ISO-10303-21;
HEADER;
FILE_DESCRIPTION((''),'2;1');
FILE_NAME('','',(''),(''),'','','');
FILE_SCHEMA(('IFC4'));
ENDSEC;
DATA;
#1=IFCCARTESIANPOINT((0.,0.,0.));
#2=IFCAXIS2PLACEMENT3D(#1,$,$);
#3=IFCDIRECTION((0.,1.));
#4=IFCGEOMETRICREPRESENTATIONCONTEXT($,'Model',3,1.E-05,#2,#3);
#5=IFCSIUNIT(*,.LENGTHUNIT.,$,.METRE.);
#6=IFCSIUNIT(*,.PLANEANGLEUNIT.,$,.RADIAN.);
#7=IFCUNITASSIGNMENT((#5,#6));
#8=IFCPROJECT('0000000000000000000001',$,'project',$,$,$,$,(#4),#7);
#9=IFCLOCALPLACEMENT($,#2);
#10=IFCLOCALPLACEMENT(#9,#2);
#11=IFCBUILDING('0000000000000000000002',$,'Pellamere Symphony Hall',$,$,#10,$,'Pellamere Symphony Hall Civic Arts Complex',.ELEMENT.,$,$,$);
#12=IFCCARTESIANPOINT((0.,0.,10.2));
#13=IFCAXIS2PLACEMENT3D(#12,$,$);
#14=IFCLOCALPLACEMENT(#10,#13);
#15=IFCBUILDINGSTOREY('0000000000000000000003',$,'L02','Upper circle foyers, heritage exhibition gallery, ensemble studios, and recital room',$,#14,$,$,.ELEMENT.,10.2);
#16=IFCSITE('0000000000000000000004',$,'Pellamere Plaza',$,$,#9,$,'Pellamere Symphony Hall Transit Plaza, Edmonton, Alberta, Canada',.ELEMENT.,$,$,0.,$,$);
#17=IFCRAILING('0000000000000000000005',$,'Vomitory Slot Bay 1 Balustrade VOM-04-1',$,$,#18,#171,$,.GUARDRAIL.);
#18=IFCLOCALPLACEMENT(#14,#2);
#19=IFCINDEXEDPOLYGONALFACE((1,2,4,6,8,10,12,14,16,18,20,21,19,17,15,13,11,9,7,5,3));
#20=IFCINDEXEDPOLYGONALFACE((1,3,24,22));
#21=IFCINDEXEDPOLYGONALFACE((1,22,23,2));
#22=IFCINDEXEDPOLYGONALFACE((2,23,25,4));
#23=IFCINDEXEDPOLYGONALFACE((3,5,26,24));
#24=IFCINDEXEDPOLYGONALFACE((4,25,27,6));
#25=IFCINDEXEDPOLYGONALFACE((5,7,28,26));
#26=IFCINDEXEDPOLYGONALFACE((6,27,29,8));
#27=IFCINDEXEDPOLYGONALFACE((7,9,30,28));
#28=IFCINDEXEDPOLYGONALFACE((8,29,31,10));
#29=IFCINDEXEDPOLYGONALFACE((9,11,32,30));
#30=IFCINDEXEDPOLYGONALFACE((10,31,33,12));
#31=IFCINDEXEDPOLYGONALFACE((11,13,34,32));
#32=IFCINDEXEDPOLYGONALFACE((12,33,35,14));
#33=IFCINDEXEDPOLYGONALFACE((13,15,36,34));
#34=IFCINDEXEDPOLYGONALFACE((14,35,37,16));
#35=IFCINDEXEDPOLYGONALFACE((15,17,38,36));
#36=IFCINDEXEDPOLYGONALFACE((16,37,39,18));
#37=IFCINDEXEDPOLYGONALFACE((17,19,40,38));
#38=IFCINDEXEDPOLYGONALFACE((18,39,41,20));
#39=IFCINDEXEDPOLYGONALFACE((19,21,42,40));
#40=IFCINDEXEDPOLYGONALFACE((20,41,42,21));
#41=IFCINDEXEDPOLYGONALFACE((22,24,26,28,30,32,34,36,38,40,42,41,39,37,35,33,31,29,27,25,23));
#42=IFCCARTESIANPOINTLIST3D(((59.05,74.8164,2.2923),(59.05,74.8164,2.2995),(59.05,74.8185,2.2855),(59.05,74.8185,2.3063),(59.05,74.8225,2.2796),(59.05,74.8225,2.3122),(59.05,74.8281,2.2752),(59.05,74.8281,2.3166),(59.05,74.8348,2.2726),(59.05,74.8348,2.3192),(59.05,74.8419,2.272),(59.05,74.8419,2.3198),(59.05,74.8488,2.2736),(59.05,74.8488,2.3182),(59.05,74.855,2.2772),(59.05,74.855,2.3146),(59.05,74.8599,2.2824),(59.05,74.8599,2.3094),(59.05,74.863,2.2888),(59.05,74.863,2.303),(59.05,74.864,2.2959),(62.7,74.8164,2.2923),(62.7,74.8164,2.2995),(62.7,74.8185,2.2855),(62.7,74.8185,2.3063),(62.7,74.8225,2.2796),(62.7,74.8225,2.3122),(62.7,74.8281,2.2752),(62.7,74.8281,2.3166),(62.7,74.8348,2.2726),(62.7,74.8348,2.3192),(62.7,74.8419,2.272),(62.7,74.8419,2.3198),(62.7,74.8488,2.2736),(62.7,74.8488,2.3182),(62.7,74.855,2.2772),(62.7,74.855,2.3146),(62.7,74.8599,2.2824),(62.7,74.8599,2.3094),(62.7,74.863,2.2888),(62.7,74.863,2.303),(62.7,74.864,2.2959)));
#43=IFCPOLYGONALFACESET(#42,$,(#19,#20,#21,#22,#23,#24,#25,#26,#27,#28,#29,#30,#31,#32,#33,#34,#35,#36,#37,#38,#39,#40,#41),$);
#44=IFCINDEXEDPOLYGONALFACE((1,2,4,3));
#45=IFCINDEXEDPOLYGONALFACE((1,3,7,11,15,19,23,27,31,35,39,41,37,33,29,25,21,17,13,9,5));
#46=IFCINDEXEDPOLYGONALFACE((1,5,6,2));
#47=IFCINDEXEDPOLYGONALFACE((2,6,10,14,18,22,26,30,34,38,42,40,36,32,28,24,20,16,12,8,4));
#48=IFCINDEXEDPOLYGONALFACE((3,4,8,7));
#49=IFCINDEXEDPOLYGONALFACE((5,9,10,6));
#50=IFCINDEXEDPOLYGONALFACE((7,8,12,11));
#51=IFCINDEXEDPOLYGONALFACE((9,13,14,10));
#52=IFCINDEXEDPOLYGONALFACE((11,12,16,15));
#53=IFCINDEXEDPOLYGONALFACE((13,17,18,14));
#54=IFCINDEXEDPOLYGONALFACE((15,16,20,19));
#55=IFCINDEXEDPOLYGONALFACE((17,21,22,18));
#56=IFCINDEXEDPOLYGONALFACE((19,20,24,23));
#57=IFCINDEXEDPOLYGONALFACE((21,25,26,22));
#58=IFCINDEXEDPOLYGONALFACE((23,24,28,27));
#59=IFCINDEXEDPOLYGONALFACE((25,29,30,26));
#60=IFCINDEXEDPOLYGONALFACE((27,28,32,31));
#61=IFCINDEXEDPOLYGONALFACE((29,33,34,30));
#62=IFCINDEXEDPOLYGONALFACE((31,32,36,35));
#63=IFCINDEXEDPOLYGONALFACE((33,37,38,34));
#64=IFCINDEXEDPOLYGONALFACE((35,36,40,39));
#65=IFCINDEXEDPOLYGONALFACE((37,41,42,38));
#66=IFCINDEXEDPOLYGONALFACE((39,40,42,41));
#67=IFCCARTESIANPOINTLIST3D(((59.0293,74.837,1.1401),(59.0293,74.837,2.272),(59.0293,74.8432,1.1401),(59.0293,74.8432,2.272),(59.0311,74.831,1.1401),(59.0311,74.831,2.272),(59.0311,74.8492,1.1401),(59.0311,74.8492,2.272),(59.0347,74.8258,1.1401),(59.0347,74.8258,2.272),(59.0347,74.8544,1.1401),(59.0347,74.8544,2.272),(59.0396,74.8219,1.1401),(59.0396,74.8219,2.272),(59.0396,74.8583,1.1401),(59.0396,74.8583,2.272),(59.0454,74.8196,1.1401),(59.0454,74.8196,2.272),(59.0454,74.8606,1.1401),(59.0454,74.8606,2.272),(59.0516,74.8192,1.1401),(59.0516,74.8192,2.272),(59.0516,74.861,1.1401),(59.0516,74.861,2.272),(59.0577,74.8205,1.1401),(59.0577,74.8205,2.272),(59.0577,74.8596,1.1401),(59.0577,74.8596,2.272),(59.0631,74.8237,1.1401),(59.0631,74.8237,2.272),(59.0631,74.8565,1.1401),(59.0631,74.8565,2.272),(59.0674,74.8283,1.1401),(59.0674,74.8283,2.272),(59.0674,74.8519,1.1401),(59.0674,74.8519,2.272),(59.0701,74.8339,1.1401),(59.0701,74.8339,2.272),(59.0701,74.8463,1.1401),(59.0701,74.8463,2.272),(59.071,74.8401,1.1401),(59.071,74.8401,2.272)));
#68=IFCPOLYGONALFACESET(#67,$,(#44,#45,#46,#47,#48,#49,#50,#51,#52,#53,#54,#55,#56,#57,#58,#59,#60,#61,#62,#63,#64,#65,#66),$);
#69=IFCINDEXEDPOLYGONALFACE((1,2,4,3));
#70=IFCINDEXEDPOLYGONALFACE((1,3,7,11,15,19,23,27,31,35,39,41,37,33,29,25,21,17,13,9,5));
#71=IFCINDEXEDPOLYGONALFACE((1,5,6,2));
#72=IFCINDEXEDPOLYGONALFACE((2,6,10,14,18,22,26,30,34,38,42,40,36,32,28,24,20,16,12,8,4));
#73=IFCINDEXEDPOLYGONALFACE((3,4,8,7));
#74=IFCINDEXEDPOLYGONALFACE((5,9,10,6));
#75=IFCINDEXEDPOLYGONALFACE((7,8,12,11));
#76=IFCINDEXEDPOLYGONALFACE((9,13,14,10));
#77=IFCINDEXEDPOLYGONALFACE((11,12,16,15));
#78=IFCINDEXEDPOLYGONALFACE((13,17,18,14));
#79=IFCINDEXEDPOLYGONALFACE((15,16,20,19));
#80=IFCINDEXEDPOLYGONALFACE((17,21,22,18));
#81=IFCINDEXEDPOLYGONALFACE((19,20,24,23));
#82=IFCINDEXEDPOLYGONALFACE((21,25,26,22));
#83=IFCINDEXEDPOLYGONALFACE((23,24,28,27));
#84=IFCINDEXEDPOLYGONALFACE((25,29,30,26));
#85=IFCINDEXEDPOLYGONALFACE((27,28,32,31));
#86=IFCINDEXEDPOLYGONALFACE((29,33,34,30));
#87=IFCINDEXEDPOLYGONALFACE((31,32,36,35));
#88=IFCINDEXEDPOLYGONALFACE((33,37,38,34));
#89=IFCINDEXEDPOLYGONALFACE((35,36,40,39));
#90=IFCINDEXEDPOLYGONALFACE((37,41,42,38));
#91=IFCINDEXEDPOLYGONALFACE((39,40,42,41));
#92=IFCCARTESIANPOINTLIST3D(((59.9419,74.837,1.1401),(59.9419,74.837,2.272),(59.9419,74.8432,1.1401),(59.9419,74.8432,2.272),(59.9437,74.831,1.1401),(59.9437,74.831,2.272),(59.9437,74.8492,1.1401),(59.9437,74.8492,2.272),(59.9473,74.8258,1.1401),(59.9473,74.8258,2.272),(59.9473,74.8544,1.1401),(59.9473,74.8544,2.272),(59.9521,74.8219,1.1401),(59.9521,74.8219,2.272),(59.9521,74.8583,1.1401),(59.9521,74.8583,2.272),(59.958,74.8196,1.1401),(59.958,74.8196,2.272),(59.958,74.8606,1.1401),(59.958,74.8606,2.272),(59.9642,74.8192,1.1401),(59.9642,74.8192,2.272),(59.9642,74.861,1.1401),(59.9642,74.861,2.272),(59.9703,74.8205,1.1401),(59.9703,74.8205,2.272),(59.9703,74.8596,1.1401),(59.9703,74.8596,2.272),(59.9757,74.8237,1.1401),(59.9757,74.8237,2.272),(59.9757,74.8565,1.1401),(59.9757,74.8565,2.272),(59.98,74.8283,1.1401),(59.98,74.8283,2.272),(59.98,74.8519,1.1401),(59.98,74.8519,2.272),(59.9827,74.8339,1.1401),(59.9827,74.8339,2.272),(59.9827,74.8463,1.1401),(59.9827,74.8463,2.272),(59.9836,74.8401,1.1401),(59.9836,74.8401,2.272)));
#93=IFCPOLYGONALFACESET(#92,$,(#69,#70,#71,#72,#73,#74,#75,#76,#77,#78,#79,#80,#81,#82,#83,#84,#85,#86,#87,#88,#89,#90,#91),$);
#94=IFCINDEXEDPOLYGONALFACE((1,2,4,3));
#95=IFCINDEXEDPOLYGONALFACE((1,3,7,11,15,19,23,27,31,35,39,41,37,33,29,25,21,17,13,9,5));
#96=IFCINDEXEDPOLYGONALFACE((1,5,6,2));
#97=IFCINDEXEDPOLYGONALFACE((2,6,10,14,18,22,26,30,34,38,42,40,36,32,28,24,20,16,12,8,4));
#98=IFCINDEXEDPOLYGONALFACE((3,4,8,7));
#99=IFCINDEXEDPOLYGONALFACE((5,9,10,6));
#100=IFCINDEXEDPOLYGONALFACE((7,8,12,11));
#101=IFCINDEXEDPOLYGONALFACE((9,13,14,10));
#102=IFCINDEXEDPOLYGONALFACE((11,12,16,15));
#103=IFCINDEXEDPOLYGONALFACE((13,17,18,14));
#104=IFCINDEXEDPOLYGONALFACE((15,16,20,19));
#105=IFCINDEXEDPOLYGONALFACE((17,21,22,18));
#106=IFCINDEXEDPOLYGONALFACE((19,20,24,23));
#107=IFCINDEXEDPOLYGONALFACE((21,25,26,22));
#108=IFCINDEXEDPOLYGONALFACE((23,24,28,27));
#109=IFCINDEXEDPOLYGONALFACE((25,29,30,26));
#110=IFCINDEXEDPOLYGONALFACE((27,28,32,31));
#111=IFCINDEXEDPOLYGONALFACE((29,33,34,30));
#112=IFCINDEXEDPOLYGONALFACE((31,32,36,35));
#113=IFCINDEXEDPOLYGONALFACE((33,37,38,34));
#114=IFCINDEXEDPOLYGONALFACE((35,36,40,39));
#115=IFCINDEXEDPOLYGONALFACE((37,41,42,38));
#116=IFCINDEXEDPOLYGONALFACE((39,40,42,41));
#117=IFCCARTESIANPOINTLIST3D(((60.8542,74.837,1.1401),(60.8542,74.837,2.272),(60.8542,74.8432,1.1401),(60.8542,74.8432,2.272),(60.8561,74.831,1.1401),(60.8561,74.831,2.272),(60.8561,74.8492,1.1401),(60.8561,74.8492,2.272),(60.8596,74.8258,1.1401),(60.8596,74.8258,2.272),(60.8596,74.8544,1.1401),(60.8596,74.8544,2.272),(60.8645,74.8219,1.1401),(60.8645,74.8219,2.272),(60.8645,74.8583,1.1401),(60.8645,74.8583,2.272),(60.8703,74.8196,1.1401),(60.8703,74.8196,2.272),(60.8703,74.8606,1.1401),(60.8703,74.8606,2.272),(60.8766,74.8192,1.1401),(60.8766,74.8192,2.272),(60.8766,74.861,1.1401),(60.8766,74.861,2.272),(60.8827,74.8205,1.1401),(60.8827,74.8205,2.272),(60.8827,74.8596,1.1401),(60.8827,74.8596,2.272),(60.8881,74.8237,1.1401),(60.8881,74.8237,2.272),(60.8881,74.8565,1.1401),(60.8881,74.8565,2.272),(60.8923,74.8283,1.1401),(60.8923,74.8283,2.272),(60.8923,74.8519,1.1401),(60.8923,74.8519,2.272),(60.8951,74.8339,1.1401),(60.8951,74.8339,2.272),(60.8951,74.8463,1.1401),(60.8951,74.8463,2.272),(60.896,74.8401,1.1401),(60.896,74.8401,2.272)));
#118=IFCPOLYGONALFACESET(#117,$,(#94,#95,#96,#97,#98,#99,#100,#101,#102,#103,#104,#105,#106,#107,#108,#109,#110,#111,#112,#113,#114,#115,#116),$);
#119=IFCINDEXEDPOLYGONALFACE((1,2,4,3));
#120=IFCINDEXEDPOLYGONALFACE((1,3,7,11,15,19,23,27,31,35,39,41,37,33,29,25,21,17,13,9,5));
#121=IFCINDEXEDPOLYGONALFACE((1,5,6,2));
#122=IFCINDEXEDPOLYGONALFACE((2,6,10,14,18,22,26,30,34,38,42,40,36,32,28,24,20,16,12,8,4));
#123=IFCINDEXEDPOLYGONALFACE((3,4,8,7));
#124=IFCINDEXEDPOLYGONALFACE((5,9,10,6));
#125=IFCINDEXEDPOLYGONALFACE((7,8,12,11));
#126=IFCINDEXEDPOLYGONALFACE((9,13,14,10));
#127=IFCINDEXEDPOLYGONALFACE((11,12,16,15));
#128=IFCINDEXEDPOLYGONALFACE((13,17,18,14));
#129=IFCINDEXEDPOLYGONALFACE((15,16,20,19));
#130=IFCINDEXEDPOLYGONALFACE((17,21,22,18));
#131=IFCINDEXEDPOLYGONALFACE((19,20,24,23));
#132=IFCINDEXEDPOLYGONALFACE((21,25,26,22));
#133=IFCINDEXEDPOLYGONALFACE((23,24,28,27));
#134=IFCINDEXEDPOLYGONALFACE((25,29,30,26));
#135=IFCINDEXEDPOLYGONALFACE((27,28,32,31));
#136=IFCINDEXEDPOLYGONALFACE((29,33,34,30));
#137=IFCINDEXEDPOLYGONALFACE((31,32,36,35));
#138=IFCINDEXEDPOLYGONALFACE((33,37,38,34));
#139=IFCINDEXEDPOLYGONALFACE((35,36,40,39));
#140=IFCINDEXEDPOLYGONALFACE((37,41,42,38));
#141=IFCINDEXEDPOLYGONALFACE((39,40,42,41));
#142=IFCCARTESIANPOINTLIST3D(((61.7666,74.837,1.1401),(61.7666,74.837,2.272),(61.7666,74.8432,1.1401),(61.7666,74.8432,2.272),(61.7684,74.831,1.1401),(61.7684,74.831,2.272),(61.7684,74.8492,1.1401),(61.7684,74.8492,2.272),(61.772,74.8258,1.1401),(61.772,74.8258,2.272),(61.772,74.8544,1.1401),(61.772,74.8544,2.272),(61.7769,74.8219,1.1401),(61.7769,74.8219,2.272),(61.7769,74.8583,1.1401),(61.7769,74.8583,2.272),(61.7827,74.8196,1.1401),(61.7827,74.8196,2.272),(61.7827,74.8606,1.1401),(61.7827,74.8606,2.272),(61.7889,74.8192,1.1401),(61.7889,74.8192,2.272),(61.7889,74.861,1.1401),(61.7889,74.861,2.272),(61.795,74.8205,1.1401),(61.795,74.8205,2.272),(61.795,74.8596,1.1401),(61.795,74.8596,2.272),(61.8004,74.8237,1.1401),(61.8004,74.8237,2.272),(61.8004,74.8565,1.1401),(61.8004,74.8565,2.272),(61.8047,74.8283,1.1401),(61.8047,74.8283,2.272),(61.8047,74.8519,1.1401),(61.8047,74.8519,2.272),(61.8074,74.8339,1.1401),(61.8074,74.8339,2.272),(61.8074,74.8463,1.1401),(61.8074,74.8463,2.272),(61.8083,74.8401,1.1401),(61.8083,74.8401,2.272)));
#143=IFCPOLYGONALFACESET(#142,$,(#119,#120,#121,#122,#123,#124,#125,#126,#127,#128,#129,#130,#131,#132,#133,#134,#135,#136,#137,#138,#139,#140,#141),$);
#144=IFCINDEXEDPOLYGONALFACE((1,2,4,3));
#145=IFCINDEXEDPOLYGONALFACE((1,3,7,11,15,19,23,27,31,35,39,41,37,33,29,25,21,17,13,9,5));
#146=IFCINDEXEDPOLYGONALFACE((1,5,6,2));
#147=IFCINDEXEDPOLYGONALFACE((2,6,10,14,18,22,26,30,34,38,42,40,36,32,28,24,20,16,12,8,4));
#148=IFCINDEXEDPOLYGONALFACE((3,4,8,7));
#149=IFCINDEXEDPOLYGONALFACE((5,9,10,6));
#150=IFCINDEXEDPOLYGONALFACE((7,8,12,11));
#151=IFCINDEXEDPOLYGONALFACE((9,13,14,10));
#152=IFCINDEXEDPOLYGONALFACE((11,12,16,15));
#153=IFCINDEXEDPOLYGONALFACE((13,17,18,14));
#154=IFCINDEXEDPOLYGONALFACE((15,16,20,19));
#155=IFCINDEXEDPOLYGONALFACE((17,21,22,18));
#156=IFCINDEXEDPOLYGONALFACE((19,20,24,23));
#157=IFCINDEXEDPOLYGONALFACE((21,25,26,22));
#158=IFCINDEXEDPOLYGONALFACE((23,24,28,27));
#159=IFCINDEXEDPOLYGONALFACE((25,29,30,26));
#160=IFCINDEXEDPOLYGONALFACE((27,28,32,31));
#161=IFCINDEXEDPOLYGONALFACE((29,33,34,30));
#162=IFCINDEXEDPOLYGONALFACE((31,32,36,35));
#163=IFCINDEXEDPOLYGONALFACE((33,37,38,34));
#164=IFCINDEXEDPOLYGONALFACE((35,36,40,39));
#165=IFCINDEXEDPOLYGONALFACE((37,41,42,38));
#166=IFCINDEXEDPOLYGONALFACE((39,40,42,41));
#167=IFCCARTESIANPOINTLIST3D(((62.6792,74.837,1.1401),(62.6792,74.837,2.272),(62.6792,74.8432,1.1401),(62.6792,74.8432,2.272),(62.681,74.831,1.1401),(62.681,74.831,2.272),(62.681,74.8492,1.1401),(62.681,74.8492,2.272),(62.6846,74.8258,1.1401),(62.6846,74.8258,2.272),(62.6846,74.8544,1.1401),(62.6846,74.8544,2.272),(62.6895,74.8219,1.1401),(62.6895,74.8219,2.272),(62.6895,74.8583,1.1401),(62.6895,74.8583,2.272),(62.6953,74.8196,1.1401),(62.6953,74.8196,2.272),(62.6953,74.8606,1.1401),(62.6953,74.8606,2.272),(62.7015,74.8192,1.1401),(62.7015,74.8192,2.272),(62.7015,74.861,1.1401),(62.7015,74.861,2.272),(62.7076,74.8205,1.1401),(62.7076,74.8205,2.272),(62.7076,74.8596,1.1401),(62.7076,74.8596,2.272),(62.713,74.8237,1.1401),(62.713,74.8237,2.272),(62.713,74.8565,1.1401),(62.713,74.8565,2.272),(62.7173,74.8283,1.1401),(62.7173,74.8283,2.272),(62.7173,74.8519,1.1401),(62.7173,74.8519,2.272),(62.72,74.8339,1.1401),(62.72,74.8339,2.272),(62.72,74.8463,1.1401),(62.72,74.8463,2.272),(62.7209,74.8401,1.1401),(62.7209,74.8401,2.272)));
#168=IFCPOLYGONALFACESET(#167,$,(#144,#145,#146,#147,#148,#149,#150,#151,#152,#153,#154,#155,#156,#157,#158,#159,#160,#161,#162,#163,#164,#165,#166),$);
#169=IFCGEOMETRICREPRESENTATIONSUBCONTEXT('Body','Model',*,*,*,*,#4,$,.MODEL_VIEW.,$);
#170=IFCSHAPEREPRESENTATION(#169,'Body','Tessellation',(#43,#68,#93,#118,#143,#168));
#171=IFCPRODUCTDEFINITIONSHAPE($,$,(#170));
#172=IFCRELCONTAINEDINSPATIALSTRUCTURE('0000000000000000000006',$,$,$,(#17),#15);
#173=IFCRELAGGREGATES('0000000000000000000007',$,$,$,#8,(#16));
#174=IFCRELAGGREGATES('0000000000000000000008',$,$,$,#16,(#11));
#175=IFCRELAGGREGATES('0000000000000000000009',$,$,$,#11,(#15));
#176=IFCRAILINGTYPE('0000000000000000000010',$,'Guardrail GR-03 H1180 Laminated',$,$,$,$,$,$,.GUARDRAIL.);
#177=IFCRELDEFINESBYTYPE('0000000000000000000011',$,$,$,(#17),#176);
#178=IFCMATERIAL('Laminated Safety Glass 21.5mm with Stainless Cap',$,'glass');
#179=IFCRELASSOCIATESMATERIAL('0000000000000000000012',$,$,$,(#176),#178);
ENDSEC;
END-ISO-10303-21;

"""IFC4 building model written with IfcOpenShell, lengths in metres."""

from ifc_helpers import new_model, si_unit, direction, frame, origin, origin_2d, place, context, subcontext, project, spatial, circle, extrude, material, type_object, element, save


model = new_model("IFC4")

# Units and contexts
model_context = context("Model", 3, precision=1e-05, world=origin(), true_north=direction((0.0, 1.0)))
body_context = subcontext(model_context, "Body", "Model", "MODEL_VIEW")
ifc_project = project(units=[si_unit("LENGTHUNIT", "METRE"), si_unit("PLANEANGLEUNIT", "RADIAN")], contexts=[model_context])

# Site, building, storey
site_placement = place(None, origin())
site = spatial("IfcSite", under=ifc_project, at=site_placement, Name="Pellamere Plaza", LongName="Pellamere Symphony Hall Transit Plaza, Edmonton, Alberta, Canada", CompositionType="ELEMENT", RefElevation=0.0)
building_placement = place(site_placement, origin())
building = spatial("IfcBuilding", under=site, at=building_placement, Name="Pellamere Symphony Hall", LongName="Pellamere Symphony Hall Civic Arts Complex", CompositionType="ELEMENT")
storey_placement = place(building_placement, frame((0.0, 0.0, 10.2)))
storey = spatial("IfcBuildingStorey", under=building, at=storey_placement, Name="L02", Description="Upper circle foyers, heritage exhibition gallery, ensemble studios, and recital room", CompositionType="ELEMENT", Elevation=10.2)

# Railing
ifc_material_1 = material(Name="Laminated Safety Glass 21.5mm with Stainless Cap", Category="glass")
railing_type = type_object("IfcRailingType", Name="Guardrail GR-03 H1180 Laminated", PredefinedType="GUARDRAIL", material=ifc_material_1)
railing_1_placement = place(storey_placement, frame((59.05, 74.8401, 1.1401)))
element("IfcRailing", 1, at=railing_1_placement, inside=storey, type_object=railing_type, Name="Vomitory Slot Bay 1 Balustrade VOM-04-1", PredefinedType="GUARDRAIL", context=body_context, shape_type="SweptSolid", body=[
    extrude(circle(Radius=0.0239, at=origin_2d()), frame((0.0, 0.0, 1.1558), z_axis=(1.0, 0.0, 0.0), x_axis=(0.0, 1.0, 0.0)), (0.0, 0.0, 1.0), 3.6499),
    extrude(circle(Radius=0.021, at=origin_2d()), origin(), (0.0, 0.0, 1.0), 1.1318),
    extrude(circle(Radius=0.021, at=origin_2d()), frame((0.9126, 0.0, 0.0)), (0.0, 0.0, 1.0), 1.1318),
    extrude(circle(Radius=0.021, at=origin_2d()), frame((1.825, 0.0, 0.0)), (0.0, 0.0, 1.0), 1.1318),
    extrude(circle(Radius=0.021, at=origin_2d()), frame((2.7373, 0.0, 0.0)), (0.0, 0.0, 1.0), 1.1318),
    extrude(circle(Radius=0.021, at=origin_2d()), frame((3.6499, 0.0, 0.0)), (0.0, 0.0, 1.0), 1.1318),
])

save(model, "model.ifc")
